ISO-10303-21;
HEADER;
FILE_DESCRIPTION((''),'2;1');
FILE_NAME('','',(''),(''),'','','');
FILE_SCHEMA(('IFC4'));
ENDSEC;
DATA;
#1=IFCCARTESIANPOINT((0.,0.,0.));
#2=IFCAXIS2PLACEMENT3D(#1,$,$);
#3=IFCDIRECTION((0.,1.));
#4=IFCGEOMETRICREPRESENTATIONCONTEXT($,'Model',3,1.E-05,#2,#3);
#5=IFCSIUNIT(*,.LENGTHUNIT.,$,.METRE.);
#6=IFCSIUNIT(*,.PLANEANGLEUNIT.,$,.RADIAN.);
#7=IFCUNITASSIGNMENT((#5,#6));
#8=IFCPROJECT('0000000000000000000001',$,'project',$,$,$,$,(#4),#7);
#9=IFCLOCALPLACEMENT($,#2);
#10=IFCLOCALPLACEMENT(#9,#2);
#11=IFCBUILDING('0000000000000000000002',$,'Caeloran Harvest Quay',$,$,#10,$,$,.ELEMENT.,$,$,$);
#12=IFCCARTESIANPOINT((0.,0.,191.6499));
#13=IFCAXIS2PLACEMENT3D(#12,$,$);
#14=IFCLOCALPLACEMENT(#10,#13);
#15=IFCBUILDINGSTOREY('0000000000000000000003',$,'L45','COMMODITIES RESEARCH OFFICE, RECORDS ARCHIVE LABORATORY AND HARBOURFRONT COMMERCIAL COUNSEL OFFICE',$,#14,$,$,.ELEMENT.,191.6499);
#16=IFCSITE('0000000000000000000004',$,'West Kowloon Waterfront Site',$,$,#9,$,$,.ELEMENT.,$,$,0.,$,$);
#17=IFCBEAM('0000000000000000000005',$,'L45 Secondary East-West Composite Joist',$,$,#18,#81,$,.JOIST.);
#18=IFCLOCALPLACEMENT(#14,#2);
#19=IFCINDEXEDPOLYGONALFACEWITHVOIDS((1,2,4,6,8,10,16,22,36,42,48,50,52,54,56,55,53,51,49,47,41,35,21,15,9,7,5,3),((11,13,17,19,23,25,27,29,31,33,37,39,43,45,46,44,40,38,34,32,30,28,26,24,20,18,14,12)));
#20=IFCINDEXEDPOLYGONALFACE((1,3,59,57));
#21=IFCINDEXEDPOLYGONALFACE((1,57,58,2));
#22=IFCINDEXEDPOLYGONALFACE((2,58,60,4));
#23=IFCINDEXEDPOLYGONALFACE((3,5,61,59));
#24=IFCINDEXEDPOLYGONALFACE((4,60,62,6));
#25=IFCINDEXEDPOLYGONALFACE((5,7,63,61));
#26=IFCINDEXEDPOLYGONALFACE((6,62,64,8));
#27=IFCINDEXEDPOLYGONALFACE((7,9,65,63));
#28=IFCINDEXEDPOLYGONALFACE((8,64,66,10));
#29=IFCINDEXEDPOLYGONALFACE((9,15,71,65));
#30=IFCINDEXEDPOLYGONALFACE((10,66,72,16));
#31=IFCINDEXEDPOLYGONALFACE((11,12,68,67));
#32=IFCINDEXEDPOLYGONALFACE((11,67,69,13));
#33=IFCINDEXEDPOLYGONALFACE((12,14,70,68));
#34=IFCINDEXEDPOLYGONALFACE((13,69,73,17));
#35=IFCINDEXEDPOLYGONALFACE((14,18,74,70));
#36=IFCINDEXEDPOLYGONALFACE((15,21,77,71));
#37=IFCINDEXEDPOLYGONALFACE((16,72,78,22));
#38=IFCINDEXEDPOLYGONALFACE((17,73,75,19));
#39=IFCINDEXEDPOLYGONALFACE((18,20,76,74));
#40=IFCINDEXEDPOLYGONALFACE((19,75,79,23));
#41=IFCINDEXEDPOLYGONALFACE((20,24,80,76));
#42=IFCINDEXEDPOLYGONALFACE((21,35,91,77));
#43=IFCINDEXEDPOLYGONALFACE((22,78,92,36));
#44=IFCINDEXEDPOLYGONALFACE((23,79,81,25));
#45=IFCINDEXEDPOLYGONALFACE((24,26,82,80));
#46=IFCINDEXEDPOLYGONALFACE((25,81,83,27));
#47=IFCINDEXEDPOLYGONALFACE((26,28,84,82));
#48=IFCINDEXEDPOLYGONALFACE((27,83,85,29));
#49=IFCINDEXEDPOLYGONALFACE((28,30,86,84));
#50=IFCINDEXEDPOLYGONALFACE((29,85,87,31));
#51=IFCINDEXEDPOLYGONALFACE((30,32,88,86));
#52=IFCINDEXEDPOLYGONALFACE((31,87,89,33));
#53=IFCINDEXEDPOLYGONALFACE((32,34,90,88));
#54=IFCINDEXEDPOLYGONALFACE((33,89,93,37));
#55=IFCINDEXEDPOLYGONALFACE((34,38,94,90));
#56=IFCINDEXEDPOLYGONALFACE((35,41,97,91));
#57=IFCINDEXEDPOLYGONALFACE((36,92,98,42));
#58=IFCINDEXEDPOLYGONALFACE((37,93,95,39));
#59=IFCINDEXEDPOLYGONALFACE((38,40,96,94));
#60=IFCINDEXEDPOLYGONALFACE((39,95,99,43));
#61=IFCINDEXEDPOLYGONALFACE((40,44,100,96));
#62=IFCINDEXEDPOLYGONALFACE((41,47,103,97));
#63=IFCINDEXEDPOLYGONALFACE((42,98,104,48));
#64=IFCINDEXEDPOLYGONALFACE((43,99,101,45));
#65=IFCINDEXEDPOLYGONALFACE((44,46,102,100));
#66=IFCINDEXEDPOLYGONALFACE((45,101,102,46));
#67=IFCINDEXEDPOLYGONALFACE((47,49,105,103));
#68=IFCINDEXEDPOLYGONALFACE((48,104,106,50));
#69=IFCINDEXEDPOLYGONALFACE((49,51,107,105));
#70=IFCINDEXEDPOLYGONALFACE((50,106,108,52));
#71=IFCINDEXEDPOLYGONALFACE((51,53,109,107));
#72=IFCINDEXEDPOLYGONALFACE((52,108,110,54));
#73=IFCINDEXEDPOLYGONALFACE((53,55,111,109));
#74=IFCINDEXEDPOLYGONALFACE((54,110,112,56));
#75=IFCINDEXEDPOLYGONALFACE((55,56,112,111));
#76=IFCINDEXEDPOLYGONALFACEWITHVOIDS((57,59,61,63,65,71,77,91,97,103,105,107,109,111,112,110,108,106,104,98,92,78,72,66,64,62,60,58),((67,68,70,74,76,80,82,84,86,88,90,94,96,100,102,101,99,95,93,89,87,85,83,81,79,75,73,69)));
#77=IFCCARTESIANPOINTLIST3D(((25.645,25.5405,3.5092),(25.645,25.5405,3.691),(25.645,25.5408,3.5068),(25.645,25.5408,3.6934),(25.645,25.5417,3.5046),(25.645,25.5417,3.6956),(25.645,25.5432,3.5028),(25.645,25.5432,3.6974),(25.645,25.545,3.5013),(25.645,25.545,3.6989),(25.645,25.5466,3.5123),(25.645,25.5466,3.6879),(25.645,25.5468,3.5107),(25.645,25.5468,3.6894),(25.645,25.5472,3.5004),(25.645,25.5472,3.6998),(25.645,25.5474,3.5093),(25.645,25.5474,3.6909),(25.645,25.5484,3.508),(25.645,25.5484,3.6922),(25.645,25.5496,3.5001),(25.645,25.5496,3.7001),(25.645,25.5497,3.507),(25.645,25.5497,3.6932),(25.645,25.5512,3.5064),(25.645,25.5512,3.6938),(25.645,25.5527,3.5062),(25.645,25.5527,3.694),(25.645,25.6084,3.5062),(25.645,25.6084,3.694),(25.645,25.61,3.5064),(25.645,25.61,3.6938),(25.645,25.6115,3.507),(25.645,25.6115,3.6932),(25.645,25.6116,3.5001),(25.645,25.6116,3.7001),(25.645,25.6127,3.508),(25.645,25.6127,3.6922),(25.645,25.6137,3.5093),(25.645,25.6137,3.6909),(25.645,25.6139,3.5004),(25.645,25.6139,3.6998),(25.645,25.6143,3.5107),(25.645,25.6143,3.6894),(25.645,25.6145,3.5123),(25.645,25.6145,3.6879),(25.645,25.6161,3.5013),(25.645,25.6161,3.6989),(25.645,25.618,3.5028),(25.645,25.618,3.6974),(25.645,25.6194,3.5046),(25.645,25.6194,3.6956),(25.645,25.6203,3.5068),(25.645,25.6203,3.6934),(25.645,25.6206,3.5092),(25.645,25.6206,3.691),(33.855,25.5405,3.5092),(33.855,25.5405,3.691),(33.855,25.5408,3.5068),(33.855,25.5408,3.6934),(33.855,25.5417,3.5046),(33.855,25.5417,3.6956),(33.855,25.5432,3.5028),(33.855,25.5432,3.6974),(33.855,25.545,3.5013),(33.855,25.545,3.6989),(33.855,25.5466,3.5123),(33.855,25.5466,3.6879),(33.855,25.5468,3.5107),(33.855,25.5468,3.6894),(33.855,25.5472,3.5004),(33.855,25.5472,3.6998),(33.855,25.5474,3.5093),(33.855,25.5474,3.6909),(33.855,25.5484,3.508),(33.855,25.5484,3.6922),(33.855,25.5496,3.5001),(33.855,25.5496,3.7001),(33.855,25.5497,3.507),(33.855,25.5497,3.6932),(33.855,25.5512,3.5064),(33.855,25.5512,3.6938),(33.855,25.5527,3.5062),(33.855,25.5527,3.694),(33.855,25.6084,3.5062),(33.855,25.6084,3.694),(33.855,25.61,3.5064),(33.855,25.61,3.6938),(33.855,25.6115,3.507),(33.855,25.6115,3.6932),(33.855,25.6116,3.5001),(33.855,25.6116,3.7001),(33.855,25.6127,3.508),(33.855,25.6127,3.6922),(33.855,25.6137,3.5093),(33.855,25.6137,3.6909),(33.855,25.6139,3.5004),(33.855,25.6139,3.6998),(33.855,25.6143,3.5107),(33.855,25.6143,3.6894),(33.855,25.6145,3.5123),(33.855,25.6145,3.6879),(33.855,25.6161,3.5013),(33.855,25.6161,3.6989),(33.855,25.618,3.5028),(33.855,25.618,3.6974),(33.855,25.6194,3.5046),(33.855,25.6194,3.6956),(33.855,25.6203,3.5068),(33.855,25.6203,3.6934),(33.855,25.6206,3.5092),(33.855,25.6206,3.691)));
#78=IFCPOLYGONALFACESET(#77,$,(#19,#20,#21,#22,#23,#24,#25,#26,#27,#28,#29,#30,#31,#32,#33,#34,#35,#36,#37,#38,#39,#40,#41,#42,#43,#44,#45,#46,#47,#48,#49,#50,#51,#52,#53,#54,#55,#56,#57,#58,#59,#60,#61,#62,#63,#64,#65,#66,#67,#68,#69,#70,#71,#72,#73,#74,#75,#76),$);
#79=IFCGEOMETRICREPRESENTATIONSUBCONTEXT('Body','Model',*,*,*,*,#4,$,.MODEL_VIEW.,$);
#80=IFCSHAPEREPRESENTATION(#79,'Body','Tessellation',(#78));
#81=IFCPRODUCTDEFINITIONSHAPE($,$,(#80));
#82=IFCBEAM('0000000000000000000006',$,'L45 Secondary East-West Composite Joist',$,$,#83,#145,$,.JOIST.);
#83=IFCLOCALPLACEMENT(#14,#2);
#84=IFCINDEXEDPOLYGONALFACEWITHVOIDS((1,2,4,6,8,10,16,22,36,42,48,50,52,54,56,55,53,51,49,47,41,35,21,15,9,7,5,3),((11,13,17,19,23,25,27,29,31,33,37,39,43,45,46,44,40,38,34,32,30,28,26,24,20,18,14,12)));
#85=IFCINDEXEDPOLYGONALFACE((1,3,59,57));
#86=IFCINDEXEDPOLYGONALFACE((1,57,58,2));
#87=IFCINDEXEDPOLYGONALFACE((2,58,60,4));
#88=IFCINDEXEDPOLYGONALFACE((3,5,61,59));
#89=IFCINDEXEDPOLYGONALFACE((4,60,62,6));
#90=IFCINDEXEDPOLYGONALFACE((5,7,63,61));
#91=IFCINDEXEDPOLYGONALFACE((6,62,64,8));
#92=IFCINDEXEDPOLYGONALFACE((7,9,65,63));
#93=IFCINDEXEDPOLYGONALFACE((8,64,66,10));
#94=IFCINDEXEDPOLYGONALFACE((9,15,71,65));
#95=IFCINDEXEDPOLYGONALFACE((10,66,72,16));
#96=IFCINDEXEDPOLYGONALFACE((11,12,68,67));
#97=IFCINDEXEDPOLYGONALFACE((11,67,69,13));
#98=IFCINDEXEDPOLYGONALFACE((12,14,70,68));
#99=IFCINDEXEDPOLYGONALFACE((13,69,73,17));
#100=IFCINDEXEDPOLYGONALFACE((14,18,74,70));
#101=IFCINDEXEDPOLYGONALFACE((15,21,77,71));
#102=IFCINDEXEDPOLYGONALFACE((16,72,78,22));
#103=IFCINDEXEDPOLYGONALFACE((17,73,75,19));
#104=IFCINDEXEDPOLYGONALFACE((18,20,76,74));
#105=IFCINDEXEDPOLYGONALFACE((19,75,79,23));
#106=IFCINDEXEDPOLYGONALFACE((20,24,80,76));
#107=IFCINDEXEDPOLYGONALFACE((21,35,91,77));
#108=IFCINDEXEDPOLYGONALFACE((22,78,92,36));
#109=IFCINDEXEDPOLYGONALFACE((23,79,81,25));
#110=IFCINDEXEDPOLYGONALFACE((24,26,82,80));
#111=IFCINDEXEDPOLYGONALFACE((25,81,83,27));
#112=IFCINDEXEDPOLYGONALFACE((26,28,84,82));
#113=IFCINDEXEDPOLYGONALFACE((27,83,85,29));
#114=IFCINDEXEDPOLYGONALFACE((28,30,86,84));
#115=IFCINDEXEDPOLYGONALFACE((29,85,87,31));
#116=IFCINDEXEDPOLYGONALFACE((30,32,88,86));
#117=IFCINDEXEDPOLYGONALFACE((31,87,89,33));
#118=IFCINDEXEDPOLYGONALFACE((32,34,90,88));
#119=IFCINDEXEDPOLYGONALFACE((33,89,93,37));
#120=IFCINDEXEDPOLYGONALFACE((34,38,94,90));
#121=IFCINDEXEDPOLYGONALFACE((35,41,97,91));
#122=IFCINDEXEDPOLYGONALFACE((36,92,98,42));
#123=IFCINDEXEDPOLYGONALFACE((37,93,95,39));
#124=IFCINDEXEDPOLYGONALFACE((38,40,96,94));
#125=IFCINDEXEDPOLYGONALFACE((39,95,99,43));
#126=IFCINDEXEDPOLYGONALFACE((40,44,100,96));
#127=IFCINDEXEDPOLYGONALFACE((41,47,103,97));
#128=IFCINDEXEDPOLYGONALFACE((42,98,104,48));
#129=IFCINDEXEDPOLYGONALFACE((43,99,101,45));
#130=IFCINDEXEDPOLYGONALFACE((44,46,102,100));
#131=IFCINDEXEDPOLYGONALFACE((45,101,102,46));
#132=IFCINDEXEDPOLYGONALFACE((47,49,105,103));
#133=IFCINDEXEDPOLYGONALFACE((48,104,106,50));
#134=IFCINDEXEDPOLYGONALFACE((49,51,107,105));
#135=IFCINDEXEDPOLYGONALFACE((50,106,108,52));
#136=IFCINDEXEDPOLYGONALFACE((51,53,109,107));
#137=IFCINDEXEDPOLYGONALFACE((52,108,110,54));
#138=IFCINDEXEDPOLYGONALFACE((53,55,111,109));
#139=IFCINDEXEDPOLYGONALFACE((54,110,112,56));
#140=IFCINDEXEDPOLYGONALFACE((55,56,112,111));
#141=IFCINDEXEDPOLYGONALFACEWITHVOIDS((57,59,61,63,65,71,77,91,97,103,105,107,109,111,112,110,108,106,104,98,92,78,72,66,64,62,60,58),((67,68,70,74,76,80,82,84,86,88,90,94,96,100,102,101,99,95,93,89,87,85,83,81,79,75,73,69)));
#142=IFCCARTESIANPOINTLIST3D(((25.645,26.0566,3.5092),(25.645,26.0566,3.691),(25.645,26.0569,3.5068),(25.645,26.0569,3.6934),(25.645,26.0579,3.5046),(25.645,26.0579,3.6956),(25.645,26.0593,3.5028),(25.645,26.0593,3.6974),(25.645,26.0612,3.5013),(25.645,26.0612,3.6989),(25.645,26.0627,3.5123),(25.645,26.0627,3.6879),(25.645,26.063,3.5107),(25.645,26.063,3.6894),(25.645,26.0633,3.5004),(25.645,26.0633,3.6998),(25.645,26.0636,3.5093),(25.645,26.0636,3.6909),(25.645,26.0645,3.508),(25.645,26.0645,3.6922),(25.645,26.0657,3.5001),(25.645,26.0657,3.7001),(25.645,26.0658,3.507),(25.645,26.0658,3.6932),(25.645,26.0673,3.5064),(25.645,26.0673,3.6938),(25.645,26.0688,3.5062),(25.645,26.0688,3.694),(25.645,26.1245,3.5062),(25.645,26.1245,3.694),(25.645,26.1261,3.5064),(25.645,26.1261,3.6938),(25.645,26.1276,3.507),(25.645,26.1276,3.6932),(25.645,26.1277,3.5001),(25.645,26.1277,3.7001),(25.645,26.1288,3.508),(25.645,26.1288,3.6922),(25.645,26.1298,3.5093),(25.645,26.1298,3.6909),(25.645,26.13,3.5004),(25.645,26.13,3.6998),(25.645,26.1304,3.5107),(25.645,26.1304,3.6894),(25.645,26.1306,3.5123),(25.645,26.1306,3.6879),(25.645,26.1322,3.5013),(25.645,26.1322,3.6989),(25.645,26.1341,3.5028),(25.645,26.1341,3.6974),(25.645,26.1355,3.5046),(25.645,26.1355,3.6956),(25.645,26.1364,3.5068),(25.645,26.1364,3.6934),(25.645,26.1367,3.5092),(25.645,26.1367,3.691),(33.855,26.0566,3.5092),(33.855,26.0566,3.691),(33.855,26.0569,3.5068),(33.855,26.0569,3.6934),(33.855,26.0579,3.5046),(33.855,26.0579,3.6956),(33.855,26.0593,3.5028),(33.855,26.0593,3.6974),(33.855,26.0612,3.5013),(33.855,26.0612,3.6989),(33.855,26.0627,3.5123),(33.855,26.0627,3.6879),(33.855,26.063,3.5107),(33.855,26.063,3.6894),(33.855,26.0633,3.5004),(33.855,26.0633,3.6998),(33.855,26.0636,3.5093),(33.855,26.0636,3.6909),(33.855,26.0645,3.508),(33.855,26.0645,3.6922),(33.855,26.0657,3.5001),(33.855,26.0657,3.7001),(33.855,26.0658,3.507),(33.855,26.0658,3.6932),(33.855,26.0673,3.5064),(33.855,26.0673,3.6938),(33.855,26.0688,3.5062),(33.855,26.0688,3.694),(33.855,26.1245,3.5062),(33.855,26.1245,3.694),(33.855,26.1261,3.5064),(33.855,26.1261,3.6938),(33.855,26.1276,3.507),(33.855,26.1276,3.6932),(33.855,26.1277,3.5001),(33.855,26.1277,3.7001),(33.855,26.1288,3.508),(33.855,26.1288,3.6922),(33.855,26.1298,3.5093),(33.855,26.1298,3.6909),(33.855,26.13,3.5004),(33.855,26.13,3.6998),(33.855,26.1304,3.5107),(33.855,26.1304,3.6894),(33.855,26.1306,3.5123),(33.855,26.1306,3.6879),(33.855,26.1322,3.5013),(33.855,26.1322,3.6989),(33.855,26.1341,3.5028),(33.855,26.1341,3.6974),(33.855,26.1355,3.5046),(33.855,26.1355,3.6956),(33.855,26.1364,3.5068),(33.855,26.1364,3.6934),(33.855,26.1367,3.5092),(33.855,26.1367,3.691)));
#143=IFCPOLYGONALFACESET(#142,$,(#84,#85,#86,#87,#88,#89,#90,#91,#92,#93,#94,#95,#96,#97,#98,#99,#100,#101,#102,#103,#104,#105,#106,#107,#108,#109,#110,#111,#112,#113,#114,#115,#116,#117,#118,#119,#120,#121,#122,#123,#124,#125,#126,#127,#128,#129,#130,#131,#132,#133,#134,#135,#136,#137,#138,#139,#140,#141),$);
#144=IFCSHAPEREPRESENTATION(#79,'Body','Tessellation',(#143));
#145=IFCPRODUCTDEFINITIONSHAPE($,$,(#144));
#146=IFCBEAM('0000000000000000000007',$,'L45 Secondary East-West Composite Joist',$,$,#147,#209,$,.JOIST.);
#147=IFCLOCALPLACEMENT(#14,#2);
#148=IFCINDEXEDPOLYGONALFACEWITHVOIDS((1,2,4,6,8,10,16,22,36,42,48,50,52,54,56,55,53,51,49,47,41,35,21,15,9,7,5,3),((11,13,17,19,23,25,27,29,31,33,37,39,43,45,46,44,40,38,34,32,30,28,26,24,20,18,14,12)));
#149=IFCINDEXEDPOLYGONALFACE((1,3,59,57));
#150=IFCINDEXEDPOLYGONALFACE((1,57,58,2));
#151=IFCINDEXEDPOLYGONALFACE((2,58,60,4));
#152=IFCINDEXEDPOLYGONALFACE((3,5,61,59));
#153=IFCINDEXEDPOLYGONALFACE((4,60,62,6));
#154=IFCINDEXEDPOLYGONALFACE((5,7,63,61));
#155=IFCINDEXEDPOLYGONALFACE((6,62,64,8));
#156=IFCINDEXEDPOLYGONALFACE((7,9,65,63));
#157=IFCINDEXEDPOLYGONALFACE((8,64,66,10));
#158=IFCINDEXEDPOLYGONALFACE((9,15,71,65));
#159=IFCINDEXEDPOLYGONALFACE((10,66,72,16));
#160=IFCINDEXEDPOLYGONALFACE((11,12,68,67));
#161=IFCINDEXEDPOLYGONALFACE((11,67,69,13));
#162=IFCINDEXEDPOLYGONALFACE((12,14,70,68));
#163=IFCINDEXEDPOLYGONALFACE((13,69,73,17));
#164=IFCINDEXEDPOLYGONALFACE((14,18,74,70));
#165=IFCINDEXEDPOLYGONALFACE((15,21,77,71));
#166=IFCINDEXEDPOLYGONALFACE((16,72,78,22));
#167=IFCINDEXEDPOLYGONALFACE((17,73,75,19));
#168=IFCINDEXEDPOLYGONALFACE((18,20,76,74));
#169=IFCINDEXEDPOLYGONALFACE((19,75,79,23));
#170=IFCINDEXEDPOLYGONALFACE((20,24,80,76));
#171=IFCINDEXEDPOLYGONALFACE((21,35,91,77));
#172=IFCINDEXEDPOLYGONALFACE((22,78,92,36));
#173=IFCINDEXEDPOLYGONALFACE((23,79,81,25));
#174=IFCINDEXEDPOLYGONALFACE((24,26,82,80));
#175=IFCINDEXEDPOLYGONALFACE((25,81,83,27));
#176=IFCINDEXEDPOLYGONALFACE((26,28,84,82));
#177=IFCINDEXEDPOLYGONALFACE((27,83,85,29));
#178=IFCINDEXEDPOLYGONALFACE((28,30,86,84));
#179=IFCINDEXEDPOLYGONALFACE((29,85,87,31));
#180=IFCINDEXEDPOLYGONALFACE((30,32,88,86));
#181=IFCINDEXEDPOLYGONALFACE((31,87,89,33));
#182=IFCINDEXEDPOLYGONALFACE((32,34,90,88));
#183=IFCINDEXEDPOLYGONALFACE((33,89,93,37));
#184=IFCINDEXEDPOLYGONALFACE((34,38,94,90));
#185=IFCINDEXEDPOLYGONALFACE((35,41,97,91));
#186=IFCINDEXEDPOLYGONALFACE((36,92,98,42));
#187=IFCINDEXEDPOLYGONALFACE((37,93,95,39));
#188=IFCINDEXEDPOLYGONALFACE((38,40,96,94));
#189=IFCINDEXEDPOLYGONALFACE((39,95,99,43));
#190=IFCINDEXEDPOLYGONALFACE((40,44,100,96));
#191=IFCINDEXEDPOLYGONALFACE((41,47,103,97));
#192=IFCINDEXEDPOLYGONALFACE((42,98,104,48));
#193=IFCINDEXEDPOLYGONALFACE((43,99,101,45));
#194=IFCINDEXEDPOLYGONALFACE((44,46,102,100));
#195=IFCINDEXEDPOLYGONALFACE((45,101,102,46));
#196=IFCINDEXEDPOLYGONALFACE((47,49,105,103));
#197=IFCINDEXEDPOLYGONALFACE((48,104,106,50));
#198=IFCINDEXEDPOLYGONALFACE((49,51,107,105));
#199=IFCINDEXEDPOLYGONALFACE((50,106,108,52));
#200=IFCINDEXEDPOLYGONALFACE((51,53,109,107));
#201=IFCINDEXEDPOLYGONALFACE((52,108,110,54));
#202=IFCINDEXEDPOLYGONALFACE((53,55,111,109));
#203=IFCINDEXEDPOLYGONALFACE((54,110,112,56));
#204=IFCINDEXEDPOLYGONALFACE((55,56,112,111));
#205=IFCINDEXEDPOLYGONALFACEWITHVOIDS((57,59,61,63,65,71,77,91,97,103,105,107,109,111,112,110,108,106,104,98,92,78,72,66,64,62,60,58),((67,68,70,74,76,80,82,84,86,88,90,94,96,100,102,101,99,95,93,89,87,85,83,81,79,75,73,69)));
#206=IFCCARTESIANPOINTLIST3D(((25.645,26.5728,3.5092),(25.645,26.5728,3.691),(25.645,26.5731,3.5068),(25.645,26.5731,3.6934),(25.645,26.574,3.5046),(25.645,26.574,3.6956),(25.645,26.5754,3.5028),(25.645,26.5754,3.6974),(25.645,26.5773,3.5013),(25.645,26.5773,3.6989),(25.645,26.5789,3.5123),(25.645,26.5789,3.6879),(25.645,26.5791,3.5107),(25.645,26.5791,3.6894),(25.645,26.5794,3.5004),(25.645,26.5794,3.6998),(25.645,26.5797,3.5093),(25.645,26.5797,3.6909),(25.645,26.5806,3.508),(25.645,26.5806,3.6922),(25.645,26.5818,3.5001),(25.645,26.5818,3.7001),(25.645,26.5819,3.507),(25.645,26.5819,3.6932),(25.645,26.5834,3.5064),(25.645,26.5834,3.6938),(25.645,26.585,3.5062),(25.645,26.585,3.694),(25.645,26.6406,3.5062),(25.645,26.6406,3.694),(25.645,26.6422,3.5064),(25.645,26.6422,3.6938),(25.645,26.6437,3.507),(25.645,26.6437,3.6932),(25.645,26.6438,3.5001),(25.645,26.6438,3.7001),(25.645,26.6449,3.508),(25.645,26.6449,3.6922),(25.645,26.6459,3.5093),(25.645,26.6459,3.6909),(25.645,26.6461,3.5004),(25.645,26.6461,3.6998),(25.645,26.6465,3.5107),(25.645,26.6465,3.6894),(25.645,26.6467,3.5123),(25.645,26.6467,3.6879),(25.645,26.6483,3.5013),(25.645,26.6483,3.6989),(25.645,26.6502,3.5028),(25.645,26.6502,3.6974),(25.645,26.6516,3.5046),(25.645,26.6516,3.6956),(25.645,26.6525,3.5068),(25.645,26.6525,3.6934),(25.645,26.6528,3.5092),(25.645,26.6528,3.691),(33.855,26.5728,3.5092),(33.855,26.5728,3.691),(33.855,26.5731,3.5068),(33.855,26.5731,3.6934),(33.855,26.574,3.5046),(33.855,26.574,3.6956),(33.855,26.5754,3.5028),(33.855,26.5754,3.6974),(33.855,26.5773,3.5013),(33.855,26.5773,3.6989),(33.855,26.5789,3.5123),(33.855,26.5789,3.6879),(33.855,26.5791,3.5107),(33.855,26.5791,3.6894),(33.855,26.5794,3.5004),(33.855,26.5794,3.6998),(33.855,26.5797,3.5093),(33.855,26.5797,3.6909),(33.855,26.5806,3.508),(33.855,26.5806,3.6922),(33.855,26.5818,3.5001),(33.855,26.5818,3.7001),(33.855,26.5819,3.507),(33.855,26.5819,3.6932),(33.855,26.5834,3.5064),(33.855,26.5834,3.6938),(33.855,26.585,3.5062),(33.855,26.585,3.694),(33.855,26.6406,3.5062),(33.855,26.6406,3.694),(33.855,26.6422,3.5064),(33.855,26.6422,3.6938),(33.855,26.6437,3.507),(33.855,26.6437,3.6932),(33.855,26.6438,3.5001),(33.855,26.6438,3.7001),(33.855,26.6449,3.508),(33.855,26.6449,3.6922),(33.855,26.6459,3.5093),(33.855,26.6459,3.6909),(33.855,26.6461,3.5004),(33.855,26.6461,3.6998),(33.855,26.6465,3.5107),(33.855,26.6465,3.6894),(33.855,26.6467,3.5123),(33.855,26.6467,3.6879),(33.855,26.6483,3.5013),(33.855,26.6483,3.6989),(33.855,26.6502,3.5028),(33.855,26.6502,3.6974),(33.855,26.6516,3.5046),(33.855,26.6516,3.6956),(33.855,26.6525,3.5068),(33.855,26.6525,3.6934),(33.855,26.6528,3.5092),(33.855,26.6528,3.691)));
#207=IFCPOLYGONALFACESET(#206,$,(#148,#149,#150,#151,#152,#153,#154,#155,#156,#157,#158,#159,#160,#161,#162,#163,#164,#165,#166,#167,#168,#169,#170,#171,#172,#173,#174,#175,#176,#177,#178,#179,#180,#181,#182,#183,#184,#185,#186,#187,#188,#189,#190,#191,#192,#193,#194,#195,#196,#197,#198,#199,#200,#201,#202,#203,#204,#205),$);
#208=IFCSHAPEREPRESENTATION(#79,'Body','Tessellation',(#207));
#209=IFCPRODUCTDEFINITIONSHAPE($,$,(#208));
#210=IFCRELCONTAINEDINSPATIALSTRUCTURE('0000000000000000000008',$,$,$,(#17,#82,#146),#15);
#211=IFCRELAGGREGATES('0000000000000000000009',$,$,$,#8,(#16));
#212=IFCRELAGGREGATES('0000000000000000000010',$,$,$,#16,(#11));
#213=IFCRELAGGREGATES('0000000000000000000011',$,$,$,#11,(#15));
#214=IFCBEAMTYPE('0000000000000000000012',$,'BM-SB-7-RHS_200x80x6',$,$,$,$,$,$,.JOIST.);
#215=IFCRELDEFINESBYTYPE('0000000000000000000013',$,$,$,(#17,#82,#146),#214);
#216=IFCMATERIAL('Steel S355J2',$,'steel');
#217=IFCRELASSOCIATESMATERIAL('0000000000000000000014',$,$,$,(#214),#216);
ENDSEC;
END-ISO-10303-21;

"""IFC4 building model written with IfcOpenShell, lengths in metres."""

from ifc_helpers import new_model, si_unit, direction, frame, origin, origin_2d, place, context, subcontext, project, spatial, hollow_rectangle, extrude, material, material_profile, profile_set, type_object, element, save


model = new_model("IFC4")

# Units and contexts
model_context = context("Model", 3, precision=1e-05, world=origin(), true_north=direction((0.0, 1.0)))
body_context = subcontext(model_context, "Body", "Model", "MODEL_VIEW")
ifc_project = project(units=[si_unit("LENGTHUNIT", "METRE"), si_unit("PLANEANGLEUNIT", "RADIAN")], contexts=[model_context])

# Site, building, storey
site_placement = place(None, origin())
site = spatial("IfcSite", under=ifc_project, at=site_placement, Name="West Kowloon Waterfront Site", CompositionType="ELEMENT", RefElevation=0.0)
building_placement = place(site_placement, origin())
building = spatial("IfcBuilding", under=site, at=building_placement, Name="Caeloran Harvest Quay", CompositionType="ELEMENT")
storey_placement = place(building_placement, frame((0.0, 0.0, 191.6499)))
storey = spatial("IfcBuildingStorey", under=building, at=storey_placement, Name="L45", Description="COMMODITIES RESEARCH OFFICE, RECORDS ARCHIVE LABORATORY AND HARBOURFRONT COMMERCIAL COUNSEL OFFICE", CompositionType="ELEMENT", Elevation=191.6499)

# Beams
ifc_material_1 = material(Name="Steel S355J2", Category="steel")
ifc_material_profile_1 = material_profile(ifc_material_1, hollow_rectangle(XDim=0.0801, YDim=0.2, WallThickness=0.0061, InnerFilletRadius=0.0061, OuterFilletRadius=0.009, at=origin_2d()), Name="RHS 200x80x6")
ifc_profile_set_1 = profile_set([ifc_material_profile_1], Name="Steel S355J2")
beam_type_1 = type_object("IfcBeamType", Name="BM-SB-7-RHS_200x80x6", PredefinedType="JOIST", material=ifc_profile_set_1)
for number, where, z_axis, x_axis, name in (
    (1, (25.645, 25.5806, 3.6001), (1.0, 0.0, 0.0), (0.0, 1.0, 0.0), "L45 Secondary East-West Composite Joist"),
    (2, (25.645, 26.0967, 3.6001), (1.0, 0.0, 0.0), (0.0, 1.0, 0.0), "L45 Secondary East-West Composite Joist"),
    (3, (25.645, 26.6128, 3.6001), (1.0, 0.0, 0.0), (0.0, 1.0, 0.0), "L45 Secondary East-West Composite Joist"),
):
    element("IfcBeam", number, at=place(storey_placement, frame(where, z_axis=z_axis, x_axis=x_axis)), inside=storey, type_object=beam_type_1, Name=name, PredefinedType="JOIST", context=body_context, shape_type="SweptSolid", body=[
        extrude(hollow_rectangle(XDim=0.0801, YDim=0.2, WallThickness=0.0061, InnerFilletRadius=0.0061, OuterFilletRadius=0.009, at=origin_2d()), origin(), (0.0, 0.0, 1.0), 8.21),
    ])

save(model, "model.ifc")
